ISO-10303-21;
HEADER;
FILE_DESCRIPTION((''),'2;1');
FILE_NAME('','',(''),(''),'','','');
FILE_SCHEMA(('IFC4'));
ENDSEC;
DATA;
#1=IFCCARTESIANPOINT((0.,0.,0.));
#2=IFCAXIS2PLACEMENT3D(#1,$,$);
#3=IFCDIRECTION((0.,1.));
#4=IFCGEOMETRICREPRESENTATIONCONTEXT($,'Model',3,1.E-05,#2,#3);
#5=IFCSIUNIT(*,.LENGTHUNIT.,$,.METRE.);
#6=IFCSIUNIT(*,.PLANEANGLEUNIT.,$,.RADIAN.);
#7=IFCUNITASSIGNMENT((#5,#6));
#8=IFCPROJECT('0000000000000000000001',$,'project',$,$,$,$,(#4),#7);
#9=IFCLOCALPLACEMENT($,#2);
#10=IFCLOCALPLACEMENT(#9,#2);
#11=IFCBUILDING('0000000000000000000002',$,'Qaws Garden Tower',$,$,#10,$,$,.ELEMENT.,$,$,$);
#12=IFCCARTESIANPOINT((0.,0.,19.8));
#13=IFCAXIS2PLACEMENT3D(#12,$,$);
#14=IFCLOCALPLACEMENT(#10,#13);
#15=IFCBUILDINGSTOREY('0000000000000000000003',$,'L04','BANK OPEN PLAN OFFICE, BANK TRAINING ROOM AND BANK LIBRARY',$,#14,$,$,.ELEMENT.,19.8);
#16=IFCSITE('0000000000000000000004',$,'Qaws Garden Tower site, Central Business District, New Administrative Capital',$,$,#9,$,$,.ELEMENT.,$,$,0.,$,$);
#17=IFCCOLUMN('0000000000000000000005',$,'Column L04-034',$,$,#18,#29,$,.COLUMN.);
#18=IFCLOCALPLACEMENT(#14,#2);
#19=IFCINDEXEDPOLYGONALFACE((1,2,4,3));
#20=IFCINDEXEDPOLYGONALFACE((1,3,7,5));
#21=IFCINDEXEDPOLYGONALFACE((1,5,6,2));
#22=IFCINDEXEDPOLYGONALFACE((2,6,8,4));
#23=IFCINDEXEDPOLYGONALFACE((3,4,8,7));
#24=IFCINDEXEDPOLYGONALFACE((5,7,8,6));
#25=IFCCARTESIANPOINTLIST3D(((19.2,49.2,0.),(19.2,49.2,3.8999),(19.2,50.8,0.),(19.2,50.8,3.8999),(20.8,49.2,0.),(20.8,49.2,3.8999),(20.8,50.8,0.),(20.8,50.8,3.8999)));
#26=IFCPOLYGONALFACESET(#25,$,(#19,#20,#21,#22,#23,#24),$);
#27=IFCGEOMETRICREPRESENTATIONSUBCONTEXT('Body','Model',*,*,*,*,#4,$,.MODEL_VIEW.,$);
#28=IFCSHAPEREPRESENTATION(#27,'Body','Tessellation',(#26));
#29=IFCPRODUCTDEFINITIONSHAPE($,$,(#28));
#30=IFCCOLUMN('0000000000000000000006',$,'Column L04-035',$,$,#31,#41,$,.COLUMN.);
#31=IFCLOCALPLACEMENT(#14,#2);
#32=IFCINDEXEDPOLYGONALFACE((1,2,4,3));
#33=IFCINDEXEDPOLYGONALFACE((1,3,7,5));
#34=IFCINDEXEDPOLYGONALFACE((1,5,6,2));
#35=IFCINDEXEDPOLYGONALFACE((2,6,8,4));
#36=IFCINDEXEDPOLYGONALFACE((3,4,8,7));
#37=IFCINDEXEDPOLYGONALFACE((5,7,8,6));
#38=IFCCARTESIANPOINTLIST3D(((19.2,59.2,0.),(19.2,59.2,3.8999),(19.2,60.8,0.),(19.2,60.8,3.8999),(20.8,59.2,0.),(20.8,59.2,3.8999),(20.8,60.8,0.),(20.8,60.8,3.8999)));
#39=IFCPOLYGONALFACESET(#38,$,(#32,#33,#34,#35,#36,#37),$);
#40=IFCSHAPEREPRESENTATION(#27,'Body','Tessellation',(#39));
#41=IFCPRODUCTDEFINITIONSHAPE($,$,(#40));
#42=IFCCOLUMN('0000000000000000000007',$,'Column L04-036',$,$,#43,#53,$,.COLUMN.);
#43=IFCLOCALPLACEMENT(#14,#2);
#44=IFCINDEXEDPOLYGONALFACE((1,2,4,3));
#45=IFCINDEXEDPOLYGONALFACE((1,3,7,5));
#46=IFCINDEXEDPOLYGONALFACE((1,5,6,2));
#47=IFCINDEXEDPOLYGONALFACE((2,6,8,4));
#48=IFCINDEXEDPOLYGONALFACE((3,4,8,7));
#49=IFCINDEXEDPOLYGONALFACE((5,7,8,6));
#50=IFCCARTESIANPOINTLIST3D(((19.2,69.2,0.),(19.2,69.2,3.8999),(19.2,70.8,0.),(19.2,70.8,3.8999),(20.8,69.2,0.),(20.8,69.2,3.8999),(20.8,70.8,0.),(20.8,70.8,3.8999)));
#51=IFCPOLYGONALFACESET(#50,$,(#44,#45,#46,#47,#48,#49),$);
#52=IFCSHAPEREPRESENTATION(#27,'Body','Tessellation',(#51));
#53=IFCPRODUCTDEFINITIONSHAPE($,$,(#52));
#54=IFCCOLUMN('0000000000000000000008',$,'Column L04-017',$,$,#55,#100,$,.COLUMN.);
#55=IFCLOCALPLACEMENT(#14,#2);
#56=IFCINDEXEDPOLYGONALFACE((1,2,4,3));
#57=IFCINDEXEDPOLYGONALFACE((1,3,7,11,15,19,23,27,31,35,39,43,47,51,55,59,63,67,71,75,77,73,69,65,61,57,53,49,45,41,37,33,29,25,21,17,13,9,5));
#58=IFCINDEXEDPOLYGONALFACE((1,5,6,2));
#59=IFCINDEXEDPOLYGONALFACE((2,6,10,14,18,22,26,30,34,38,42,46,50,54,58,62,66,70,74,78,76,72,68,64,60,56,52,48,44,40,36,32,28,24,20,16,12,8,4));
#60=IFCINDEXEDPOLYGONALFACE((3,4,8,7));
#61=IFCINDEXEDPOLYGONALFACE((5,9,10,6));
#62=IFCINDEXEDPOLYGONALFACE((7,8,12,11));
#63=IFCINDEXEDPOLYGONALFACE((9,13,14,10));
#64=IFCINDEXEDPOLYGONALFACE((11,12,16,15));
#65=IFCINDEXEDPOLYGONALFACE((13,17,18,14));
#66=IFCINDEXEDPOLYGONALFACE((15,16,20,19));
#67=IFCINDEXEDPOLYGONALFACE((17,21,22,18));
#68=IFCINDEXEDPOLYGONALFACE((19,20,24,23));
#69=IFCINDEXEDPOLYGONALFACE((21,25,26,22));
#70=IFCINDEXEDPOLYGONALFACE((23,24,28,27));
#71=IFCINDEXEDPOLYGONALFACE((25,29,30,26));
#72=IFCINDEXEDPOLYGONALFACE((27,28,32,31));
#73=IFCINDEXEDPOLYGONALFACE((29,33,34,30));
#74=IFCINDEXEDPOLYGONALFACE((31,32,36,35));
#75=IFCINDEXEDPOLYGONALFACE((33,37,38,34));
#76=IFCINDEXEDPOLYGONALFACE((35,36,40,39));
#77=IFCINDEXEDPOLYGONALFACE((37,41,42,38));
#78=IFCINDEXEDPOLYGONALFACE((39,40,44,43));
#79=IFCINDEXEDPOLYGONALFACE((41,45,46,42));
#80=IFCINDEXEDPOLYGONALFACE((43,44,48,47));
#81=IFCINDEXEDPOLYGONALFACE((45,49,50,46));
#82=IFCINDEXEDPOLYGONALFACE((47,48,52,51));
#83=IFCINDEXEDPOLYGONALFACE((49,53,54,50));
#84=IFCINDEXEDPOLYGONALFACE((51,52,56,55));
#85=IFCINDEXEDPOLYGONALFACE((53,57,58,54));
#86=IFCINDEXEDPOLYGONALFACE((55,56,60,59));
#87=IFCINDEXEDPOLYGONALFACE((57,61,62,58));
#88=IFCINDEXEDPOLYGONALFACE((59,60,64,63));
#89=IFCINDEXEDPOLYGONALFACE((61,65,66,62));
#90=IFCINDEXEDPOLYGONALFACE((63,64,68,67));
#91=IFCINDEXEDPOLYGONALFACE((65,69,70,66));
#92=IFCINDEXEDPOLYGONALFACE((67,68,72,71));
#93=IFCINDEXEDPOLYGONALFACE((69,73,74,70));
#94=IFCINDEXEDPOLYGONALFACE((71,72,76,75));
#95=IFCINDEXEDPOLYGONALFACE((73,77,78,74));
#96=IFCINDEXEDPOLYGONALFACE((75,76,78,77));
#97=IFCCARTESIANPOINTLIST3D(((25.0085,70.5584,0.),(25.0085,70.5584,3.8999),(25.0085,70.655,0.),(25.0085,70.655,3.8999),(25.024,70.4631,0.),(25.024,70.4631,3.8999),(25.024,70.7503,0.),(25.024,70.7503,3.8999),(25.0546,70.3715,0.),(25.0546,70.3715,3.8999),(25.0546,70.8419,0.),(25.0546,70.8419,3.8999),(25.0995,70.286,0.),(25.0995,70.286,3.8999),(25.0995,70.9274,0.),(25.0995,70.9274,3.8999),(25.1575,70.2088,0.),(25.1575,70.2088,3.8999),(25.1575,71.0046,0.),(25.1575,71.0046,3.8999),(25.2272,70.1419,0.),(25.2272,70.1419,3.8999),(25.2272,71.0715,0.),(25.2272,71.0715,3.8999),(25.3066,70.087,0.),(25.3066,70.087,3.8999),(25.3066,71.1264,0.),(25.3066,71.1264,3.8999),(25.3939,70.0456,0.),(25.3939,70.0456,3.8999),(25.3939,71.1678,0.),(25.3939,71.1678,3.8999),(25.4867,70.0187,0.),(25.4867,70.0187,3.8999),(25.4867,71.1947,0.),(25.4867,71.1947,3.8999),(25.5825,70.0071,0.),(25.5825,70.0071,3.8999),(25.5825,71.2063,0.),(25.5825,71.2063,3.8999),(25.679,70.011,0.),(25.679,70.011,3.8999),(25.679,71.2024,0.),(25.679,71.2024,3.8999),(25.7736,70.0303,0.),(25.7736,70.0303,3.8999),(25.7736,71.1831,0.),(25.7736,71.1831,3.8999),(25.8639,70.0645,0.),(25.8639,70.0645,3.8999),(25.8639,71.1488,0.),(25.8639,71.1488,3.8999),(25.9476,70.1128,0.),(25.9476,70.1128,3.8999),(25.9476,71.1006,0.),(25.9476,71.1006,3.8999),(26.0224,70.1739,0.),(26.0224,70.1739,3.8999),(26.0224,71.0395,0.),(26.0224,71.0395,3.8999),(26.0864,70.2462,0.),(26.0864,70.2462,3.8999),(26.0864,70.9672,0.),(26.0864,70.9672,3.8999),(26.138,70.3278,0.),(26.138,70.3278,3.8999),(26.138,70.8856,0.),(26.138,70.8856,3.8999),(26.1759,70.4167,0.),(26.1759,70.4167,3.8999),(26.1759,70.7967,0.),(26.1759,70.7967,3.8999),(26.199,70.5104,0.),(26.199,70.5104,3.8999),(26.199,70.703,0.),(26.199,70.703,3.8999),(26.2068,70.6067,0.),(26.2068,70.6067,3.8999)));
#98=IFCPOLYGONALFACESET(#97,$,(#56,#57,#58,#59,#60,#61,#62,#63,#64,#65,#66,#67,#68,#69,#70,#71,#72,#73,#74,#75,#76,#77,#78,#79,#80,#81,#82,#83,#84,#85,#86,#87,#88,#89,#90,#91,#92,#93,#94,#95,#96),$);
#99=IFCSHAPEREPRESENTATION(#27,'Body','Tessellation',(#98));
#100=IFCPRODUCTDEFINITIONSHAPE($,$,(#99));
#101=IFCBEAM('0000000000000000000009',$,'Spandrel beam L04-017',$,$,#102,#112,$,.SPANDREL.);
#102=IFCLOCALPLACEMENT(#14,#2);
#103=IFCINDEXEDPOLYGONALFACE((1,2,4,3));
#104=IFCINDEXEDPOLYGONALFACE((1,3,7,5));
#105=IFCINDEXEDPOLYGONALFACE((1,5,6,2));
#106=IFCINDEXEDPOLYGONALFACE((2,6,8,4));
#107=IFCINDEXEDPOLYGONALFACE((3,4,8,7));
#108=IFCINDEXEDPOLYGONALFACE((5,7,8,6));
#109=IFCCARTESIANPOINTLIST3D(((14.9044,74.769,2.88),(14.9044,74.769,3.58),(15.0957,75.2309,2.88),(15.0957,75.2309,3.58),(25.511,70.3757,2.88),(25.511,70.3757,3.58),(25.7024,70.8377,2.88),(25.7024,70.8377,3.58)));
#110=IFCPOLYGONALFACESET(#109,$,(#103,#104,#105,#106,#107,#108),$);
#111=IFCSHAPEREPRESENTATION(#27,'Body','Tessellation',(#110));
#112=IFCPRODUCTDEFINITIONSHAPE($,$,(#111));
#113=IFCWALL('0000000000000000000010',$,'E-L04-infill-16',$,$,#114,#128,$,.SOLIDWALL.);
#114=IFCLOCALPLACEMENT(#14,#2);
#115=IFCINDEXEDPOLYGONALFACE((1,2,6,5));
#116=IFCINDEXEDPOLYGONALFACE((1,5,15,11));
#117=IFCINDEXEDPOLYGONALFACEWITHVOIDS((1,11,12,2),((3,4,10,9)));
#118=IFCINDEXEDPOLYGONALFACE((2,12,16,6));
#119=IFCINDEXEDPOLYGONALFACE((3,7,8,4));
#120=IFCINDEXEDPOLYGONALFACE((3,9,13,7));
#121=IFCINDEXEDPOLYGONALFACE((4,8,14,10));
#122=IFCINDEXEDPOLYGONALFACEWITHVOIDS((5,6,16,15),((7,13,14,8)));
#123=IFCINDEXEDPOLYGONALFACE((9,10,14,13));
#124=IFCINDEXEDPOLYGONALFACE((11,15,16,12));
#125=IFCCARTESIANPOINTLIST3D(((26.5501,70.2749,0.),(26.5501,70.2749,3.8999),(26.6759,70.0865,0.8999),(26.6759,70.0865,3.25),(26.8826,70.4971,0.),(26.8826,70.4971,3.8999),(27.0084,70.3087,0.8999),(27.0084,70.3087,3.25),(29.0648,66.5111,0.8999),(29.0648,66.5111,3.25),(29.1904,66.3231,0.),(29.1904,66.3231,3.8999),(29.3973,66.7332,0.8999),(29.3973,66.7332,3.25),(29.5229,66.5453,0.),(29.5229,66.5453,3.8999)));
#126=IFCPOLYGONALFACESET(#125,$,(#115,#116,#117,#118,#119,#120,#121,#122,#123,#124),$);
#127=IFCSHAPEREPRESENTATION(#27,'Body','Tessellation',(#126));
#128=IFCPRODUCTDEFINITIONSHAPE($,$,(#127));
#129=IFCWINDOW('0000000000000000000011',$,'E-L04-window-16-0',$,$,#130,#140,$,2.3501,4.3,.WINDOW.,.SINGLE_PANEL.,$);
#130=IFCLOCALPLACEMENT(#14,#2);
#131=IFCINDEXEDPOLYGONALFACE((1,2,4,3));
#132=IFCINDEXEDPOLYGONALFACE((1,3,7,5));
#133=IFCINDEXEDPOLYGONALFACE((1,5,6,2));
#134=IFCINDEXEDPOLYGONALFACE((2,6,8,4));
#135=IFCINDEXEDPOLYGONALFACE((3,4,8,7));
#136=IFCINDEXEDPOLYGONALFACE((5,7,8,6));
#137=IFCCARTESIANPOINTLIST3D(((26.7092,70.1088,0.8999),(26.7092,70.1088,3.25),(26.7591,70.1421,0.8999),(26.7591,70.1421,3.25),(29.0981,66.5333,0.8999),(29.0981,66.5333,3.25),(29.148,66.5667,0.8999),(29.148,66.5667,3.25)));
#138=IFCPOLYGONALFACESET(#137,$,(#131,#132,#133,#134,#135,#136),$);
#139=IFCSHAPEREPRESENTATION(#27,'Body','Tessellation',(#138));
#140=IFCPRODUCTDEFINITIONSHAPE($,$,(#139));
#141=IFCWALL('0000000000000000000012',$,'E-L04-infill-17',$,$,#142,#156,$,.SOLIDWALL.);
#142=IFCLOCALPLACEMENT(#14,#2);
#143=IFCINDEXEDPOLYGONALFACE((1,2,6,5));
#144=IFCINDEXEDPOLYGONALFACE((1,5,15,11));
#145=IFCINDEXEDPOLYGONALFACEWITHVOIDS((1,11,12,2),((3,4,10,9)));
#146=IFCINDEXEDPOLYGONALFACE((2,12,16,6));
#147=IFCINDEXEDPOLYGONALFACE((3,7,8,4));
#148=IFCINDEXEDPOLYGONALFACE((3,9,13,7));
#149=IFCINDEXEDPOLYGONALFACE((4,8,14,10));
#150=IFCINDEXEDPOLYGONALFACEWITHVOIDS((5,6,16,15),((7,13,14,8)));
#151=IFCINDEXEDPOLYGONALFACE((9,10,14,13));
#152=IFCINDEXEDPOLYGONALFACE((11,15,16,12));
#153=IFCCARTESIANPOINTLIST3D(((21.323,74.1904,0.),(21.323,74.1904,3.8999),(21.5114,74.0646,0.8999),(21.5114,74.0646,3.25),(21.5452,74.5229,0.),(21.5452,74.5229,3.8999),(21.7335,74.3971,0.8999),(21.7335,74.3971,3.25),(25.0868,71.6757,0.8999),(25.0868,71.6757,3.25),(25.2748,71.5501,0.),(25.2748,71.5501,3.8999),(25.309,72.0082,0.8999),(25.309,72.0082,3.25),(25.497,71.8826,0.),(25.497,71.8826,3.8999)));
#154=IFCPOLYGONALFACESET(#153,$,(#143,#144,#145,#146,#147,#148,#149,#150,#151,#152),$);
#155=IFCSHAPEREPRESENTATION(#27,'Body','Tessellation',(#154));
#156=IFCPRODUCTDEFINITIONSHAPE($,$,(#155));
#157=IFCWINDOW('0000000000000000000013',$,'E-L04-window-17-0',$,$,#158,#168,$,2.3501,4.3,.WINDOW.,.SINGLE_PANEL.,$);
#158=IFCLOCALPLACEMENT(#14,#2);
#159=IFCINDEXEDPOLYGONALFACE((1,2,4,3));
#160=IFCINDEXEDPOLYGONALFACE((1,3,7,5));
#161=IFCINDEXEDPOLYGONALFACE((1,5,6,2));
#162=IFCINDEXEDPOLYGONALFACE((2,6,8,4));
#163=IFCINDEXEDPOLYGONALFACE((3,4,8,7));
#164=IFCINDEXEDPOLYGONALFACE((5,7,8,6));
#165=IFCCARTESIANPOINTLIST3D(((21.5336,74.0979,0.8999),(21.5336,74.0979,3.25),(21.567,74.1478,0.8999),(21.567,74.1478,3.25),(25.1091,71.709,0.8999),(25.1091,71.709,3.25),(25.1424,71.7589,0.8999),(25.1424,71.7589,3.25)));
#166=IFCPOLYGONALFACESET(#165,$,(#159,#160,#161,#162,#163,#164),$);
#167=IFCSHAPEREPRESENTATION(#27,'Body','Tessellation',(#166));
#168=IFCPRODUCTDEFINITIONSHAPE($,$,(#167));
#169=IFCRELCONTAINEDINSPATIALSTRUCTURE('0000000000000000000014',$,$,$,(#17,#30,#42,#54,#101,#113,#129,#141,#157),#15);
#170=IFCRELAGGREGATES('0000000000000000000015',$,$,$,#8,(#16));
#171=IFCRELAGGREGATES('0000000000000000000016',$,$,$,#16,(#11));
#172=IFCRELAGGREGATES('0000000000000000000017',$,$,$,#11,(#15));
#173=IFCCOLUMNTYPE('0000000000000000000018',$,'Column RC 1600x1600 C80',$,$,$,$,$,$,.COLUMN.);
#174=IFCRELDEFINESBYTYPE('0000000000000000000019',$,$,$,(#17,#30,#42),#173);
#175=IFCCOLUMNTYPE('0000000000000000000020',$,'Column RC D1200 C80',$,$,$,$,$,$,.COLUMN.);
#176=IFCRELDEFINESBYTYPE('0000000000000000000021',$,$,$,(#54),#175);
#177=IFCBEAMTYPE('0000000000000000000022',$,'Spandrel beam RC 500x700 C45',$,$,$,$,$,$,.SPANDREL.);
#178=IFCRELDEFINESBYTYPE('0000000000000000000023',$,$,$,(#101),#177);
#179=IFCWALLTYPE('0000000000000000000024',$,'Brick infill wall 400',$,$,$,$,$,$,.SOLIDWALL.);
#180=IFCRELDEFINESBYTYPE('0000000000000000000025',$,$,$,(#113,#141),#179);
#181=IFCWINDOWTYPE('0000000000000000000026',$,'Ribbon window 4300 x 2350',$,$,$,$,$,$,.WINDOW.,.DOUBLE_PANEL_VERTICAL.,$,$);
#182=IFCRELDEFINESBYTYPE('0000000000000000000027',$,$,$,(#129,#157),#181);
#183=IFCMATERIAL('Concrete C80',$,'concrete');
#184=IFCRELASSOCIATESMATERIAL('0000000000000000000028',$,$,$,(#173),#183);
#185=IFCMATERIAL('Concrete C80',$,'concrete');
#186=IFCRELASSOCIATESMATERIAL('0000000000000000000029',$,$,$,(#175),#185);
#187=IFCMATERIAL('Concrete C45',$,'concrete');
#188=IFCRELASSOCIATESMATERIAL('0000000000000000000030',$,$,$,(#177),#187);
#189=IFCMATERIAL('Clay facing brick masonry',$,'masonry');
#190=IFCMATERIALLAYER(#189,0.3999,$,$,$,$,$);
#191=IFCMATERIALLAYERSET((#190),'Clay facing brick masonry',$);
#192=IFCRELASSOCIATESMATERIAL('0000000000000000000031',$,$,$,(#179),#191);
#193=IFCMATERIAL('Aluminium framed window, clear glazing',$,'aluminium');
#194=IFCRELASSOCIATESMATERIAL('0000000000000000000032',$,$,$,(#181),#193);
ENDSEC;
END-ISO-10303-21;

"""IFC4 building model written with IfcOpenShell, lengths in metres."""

from ifc_helpers import new_model, si_unit, direction, frame, frame_2d, origin, origin_2d, place, context, subcontext, project, spatial, rectangle, circle, extrude, material, layer, layer_set, material_profile, profile_set, type_object, element, fill, save


model = new_model("IFC4")

# Units and contexts
model_context = context("Model", 3, precision=1e-05, world=origin(), true_north=direction((0.0, 1.0)))
body_context = subcontext(model_context, "Body", "Model", "MODEL_VIEW")
ifc_project = project(units=[si_unit("LENGTHUNIT", "METRE"), si_unit("PLANEANGLEUNIT", "RADIAN")], contexts=[model_context])

# Site, building, storey
site_placement = place(None, origin())
site = spatial("IfcSite", under=ifc_project, at=site_placement, Name="Qaws Garden Tower site, Central Business District, New Administrative Capital", CompositionType="ELEMENT", RefElevation=0.0)
building_placement = place(site_placement, origin())
building = spatial("IfcBuilding", under=site, at=building_placement, Name="Qaws Garden Tower", CompositionType="ELEMENT")
storey_placement = place(building_placement, frame((0.0, 0.0, 19.8)))
storey = spatial("IfcBuildingStorey", under=building, at=storey_placement, Name="L04", Description="BANK OPEN PLAN OFFICE, BANK TRAINING ROOM AND BANK LIBRARY", CompositionType="ELEMENT", Elevation=19.8)

# Columns
ifc_material_1 = material(Name="Concrete C80", Category="concrete")
ifc_material_profile_1 = material_profile(ifc_material_1, rectangle(XDim=1.6001, YDim=1.6001, at=origin_2d()), Name="RC 1600x1600")
ifc_profile_set_1 = profile_set([ifc_material_profile_1], Name="Concrete C80")
column_type_1 = type_object("IfcColumnType", Name="Column RC 1600x1600 C80", PredefinedType="COLUMN", material=ifc_profile_set_1)
for number, where, z_axis, x_axis, name in (
    (1, (20.0, 50.0, 0.0), (0.0, 0.0, 1.0), (1.0, 0.0, 0.0), "Column L04-034"),
    (2, (20.0, 60.0, 0.0), (0.0, 0.0, 1.0), (1.0, 0.0, 0.0), "Column L04-035"),
    (3, (20.0, 70.0, 0.0), (0.0, 0.0, 1.0), (1.0, 0.0, 0.0), "Column L04-036"),
):
    element("IfcColumn", number, at=place(storey_placement, frame(where, z_axis=z_axis, x_axis=x_axis)), inside=storey, type_object=column_type_1, Name=name, PredefinedType="COLUMN", context=body_context, shape_type="SweptSolid", body=[
        extrude(rectangle(XDim=1.6001, YDim=1.6001, at=origin_2d()), origin(), (0.0, 0.0, 1.0), 3.8999),
    ])
ifc_material_2 = material(Name="Concrete C80", Category="concrete")
ifc_material_profile_2 = material_profile(ifc_material_2, circle(Radius=0.6001, at=origin_2d()), Name="RC D1200")
ifc_profile_set_2 = profile_set([ifc_material_profile_2], Name="Concrete C80")
column_type_2 = type_object("IfcColumnType", Name="Column RC D1200 C80", PredefinedType="COLUMN", material=ifc_profile_set_2)
column_placement = place(storey_placement, frame((25.6067, 70.6067, 0.0), z_axis=(0.0, 0.0, 1.0), x_axis=(1.0, 0.0, 0.0)))
element("IfcColumn", 4, at=column_placement, inside=storey, type_object=column_type_2, Name="Column L04-017", PredefinedType="COLUMN", context=body_context, shape_type="SweptSolid", body=[
    extrude(circle(Radius=0.6001, at=origin_2d()), origin(), (0.0, 0.0, 1.0), 3.8999),
])

# Beam
ifc_material_3 = material(Name="Concrete C45", Category="concrete")
ifc_material_profile_3 = material_profile(ifc_material_3, rectangle(XDim=0.5, YDim=0.7, at=origin_2d()), Name="RC 500x700")
ifc_profile_set_3 = profile_set([ifc_material_profile_3], Name="Concrete C45")
beam_type = type_object("IfcBeamType", Name="Spandrel beam RC 500x700 C45", PredefinedType="SPANDREL", material=ifc_profile_set_3)
beam_placement = place(storey_placement, frame((25.6067, 70.6067, 3.23), z_axis=(-0.923883, 0.382674, 0.0), x_axis=(-0.382674, -0.923883, 0.0)))
element("IfcBeam", 5, at=beam_placement, inside=storey, type_object=beam_type, Name="Spandrel beam L04-017", PredefinedType="SPANDREL", context=body_context, shape_type="SweptSolid", body=[
    extrude(rectangle(XDim=0.5, YDim=0.7, at=origin_2d()), origin(), (0.0, 0.0, 1.0), 11.4805),
])

# Walls, openings, windows
ifc_material_4 = material(Name="Clay facing brick masonry", Category="masonry")
ifc_layer_1 = layer(ifc_material_4, 0.3999)
ifc_layer_set_1 = layer_set([ifc_layer_1], Name="Clay facing brick masonry")
wall_type_1 = type_object("IfcWallType", Name="Brick infill wall 400", PredefinedType="SOLIDWALL", material=ifc_layer_set_1)
wall_1_placement = place(storey_placement, frame((29.3567, 66.4341, 0.0), z_axis=(0.0, 0.0, 1.0), x_axis=(-0.555542, 0.831489, 0.0)))
wall_1 = element("IfcWall", 6, at=wall_1_placement, inside=storey, type_object=wall_type_1, Name="E-L04-infill-16", PredefinedType="SOLIDWALL", context=body_context, shape_type="SweptSolid", body=[
    extrude(rectangle(XDim=4.7527, YDim=0.3999, at=frame_2d((2.3765, 0.0))), origin(), (0.0, 0.0, 1.0), 3.8999),
])
opening_1_placement = place(wall_1_placement, frame((0.2263, 0.0, 0.8999)))
opening_1 = element("IfcOpeningElement", 7, at=opening_1_placement, cuts=wall_1, PredefinedType="OPENING", context=body_context, shape_type="SweptSolid", body=[
    extrude(rectangle(XDim=4.3, YDim=2.3501, at=frame_2d((2.1499, 1.175))), frame((0.0, 0.21, 0.0), z_axis=(0.0, -1.0, 0.0), x_axis=(1.0, 0.0, 0.0)), (0.0, 0.0, 1.0), 0.4199),
])
ifc_material_5 = material(Name="Aluminium framed window, clear glazing", Category="aluminium")
window_type = type_object("IfcWindowType", Name="Ribbon window 4300 x 2350", PartitioningType="DOUBLE_PANEL_VERTICAL", PredefinedType="WINDOW", material=ifc_material_5)
window_1_placement = place(opening_1_placement, origin())
window_1 = element("IfcWindow", 8, at=window_1_placement, inside=storey, type_object=window_type, Name="E-L04-window-16-0", OverallHeight=2.3501, OverallWidth=4.3, PartitioningType="SINGLE_PANEL", PredefinedType="WINDOW", context=body_context, shape_type="SweptSolid", body=[
    extrude(rectangle(XDim=4.3, YDim=2.3501, at=frame_2d((2.1499, 1.175))), frame((0.0, 0.1599, 0.0), z_axis=(0.0, -1.0, 0.0), x_axis=(1.0, 0.0, 0.0)), (0.0, 0.0, 1.0), 0.0601),
])
fill(opening_1, window_1)
wall_2_placement = place(storey_placement, frame((25.386, 71.7163, 0.0), z_axis=(0.0, 0.0, 1.0), x_axis=(-0.831489, 0.555542, 0.0)))
wall_2 = element("IfcWall", 9, at=wall_2_placement, inside=storey, type_object=wall_type_1, Name="E-L04-infill-17", PredefinedType="SOLIDWALL", context=body_context, shape_type="SweptSolid", body=[
    extrude(rectangle(XDim=4.7527, YDim=0.3999, at=frame_2d((2.3765, 0.0))), origin(), (0.0, 0.0, 1.0), 3.8999),
])
opening_2_placement = place(wall_2_placement, frame((0.2263, 0.0, 0.8999)))
opening_2 = element("IfcOpeningElement", 10, at=opening_2_placement, cuts=wall_2, PredefinedType="OPENING", context=body_context, shape_type="SweptSolid", body=[
    extrude(rectangle(XDim=4.3, YDim=2.3501, at=frame_2d((2.1499, 1.175))), frame((0.0, 0.21, 0.0), z_axis=(0.0, -1.0, 0.0), x_axis=(1.0, 0.0, 0.0)), (0.0, 0.0, 1.0), 0.4199),
])
window_2_placement = place(opening_2_placement, origin())
window_2 = element("IfcWindow", 11, at=window_2_placement, inside=storey, type_object=window_type, Name="E-L04-window-17-0", OverallHeight=2.3501, OverallWidth=4.3, PartitioningType="SINGLE_PANEL", PredefinedType="WINDOW", context=body_context, shape_type="SweptSolid", body=[
    extrude(rectangle(XDim=4.3, YDim=2.3501, at=frame_2d((2.1499, 1.175))), frame((0.0, 0.1599, 0.0), z_axis=(0.0, -1.0, 0.0), x_axis=(1.0, 0.0, 0.0)), (0.0, 0.0, 1.0), 0.0601),
])
fill(opening_2, window_2)

save(model, "model.ifc")
